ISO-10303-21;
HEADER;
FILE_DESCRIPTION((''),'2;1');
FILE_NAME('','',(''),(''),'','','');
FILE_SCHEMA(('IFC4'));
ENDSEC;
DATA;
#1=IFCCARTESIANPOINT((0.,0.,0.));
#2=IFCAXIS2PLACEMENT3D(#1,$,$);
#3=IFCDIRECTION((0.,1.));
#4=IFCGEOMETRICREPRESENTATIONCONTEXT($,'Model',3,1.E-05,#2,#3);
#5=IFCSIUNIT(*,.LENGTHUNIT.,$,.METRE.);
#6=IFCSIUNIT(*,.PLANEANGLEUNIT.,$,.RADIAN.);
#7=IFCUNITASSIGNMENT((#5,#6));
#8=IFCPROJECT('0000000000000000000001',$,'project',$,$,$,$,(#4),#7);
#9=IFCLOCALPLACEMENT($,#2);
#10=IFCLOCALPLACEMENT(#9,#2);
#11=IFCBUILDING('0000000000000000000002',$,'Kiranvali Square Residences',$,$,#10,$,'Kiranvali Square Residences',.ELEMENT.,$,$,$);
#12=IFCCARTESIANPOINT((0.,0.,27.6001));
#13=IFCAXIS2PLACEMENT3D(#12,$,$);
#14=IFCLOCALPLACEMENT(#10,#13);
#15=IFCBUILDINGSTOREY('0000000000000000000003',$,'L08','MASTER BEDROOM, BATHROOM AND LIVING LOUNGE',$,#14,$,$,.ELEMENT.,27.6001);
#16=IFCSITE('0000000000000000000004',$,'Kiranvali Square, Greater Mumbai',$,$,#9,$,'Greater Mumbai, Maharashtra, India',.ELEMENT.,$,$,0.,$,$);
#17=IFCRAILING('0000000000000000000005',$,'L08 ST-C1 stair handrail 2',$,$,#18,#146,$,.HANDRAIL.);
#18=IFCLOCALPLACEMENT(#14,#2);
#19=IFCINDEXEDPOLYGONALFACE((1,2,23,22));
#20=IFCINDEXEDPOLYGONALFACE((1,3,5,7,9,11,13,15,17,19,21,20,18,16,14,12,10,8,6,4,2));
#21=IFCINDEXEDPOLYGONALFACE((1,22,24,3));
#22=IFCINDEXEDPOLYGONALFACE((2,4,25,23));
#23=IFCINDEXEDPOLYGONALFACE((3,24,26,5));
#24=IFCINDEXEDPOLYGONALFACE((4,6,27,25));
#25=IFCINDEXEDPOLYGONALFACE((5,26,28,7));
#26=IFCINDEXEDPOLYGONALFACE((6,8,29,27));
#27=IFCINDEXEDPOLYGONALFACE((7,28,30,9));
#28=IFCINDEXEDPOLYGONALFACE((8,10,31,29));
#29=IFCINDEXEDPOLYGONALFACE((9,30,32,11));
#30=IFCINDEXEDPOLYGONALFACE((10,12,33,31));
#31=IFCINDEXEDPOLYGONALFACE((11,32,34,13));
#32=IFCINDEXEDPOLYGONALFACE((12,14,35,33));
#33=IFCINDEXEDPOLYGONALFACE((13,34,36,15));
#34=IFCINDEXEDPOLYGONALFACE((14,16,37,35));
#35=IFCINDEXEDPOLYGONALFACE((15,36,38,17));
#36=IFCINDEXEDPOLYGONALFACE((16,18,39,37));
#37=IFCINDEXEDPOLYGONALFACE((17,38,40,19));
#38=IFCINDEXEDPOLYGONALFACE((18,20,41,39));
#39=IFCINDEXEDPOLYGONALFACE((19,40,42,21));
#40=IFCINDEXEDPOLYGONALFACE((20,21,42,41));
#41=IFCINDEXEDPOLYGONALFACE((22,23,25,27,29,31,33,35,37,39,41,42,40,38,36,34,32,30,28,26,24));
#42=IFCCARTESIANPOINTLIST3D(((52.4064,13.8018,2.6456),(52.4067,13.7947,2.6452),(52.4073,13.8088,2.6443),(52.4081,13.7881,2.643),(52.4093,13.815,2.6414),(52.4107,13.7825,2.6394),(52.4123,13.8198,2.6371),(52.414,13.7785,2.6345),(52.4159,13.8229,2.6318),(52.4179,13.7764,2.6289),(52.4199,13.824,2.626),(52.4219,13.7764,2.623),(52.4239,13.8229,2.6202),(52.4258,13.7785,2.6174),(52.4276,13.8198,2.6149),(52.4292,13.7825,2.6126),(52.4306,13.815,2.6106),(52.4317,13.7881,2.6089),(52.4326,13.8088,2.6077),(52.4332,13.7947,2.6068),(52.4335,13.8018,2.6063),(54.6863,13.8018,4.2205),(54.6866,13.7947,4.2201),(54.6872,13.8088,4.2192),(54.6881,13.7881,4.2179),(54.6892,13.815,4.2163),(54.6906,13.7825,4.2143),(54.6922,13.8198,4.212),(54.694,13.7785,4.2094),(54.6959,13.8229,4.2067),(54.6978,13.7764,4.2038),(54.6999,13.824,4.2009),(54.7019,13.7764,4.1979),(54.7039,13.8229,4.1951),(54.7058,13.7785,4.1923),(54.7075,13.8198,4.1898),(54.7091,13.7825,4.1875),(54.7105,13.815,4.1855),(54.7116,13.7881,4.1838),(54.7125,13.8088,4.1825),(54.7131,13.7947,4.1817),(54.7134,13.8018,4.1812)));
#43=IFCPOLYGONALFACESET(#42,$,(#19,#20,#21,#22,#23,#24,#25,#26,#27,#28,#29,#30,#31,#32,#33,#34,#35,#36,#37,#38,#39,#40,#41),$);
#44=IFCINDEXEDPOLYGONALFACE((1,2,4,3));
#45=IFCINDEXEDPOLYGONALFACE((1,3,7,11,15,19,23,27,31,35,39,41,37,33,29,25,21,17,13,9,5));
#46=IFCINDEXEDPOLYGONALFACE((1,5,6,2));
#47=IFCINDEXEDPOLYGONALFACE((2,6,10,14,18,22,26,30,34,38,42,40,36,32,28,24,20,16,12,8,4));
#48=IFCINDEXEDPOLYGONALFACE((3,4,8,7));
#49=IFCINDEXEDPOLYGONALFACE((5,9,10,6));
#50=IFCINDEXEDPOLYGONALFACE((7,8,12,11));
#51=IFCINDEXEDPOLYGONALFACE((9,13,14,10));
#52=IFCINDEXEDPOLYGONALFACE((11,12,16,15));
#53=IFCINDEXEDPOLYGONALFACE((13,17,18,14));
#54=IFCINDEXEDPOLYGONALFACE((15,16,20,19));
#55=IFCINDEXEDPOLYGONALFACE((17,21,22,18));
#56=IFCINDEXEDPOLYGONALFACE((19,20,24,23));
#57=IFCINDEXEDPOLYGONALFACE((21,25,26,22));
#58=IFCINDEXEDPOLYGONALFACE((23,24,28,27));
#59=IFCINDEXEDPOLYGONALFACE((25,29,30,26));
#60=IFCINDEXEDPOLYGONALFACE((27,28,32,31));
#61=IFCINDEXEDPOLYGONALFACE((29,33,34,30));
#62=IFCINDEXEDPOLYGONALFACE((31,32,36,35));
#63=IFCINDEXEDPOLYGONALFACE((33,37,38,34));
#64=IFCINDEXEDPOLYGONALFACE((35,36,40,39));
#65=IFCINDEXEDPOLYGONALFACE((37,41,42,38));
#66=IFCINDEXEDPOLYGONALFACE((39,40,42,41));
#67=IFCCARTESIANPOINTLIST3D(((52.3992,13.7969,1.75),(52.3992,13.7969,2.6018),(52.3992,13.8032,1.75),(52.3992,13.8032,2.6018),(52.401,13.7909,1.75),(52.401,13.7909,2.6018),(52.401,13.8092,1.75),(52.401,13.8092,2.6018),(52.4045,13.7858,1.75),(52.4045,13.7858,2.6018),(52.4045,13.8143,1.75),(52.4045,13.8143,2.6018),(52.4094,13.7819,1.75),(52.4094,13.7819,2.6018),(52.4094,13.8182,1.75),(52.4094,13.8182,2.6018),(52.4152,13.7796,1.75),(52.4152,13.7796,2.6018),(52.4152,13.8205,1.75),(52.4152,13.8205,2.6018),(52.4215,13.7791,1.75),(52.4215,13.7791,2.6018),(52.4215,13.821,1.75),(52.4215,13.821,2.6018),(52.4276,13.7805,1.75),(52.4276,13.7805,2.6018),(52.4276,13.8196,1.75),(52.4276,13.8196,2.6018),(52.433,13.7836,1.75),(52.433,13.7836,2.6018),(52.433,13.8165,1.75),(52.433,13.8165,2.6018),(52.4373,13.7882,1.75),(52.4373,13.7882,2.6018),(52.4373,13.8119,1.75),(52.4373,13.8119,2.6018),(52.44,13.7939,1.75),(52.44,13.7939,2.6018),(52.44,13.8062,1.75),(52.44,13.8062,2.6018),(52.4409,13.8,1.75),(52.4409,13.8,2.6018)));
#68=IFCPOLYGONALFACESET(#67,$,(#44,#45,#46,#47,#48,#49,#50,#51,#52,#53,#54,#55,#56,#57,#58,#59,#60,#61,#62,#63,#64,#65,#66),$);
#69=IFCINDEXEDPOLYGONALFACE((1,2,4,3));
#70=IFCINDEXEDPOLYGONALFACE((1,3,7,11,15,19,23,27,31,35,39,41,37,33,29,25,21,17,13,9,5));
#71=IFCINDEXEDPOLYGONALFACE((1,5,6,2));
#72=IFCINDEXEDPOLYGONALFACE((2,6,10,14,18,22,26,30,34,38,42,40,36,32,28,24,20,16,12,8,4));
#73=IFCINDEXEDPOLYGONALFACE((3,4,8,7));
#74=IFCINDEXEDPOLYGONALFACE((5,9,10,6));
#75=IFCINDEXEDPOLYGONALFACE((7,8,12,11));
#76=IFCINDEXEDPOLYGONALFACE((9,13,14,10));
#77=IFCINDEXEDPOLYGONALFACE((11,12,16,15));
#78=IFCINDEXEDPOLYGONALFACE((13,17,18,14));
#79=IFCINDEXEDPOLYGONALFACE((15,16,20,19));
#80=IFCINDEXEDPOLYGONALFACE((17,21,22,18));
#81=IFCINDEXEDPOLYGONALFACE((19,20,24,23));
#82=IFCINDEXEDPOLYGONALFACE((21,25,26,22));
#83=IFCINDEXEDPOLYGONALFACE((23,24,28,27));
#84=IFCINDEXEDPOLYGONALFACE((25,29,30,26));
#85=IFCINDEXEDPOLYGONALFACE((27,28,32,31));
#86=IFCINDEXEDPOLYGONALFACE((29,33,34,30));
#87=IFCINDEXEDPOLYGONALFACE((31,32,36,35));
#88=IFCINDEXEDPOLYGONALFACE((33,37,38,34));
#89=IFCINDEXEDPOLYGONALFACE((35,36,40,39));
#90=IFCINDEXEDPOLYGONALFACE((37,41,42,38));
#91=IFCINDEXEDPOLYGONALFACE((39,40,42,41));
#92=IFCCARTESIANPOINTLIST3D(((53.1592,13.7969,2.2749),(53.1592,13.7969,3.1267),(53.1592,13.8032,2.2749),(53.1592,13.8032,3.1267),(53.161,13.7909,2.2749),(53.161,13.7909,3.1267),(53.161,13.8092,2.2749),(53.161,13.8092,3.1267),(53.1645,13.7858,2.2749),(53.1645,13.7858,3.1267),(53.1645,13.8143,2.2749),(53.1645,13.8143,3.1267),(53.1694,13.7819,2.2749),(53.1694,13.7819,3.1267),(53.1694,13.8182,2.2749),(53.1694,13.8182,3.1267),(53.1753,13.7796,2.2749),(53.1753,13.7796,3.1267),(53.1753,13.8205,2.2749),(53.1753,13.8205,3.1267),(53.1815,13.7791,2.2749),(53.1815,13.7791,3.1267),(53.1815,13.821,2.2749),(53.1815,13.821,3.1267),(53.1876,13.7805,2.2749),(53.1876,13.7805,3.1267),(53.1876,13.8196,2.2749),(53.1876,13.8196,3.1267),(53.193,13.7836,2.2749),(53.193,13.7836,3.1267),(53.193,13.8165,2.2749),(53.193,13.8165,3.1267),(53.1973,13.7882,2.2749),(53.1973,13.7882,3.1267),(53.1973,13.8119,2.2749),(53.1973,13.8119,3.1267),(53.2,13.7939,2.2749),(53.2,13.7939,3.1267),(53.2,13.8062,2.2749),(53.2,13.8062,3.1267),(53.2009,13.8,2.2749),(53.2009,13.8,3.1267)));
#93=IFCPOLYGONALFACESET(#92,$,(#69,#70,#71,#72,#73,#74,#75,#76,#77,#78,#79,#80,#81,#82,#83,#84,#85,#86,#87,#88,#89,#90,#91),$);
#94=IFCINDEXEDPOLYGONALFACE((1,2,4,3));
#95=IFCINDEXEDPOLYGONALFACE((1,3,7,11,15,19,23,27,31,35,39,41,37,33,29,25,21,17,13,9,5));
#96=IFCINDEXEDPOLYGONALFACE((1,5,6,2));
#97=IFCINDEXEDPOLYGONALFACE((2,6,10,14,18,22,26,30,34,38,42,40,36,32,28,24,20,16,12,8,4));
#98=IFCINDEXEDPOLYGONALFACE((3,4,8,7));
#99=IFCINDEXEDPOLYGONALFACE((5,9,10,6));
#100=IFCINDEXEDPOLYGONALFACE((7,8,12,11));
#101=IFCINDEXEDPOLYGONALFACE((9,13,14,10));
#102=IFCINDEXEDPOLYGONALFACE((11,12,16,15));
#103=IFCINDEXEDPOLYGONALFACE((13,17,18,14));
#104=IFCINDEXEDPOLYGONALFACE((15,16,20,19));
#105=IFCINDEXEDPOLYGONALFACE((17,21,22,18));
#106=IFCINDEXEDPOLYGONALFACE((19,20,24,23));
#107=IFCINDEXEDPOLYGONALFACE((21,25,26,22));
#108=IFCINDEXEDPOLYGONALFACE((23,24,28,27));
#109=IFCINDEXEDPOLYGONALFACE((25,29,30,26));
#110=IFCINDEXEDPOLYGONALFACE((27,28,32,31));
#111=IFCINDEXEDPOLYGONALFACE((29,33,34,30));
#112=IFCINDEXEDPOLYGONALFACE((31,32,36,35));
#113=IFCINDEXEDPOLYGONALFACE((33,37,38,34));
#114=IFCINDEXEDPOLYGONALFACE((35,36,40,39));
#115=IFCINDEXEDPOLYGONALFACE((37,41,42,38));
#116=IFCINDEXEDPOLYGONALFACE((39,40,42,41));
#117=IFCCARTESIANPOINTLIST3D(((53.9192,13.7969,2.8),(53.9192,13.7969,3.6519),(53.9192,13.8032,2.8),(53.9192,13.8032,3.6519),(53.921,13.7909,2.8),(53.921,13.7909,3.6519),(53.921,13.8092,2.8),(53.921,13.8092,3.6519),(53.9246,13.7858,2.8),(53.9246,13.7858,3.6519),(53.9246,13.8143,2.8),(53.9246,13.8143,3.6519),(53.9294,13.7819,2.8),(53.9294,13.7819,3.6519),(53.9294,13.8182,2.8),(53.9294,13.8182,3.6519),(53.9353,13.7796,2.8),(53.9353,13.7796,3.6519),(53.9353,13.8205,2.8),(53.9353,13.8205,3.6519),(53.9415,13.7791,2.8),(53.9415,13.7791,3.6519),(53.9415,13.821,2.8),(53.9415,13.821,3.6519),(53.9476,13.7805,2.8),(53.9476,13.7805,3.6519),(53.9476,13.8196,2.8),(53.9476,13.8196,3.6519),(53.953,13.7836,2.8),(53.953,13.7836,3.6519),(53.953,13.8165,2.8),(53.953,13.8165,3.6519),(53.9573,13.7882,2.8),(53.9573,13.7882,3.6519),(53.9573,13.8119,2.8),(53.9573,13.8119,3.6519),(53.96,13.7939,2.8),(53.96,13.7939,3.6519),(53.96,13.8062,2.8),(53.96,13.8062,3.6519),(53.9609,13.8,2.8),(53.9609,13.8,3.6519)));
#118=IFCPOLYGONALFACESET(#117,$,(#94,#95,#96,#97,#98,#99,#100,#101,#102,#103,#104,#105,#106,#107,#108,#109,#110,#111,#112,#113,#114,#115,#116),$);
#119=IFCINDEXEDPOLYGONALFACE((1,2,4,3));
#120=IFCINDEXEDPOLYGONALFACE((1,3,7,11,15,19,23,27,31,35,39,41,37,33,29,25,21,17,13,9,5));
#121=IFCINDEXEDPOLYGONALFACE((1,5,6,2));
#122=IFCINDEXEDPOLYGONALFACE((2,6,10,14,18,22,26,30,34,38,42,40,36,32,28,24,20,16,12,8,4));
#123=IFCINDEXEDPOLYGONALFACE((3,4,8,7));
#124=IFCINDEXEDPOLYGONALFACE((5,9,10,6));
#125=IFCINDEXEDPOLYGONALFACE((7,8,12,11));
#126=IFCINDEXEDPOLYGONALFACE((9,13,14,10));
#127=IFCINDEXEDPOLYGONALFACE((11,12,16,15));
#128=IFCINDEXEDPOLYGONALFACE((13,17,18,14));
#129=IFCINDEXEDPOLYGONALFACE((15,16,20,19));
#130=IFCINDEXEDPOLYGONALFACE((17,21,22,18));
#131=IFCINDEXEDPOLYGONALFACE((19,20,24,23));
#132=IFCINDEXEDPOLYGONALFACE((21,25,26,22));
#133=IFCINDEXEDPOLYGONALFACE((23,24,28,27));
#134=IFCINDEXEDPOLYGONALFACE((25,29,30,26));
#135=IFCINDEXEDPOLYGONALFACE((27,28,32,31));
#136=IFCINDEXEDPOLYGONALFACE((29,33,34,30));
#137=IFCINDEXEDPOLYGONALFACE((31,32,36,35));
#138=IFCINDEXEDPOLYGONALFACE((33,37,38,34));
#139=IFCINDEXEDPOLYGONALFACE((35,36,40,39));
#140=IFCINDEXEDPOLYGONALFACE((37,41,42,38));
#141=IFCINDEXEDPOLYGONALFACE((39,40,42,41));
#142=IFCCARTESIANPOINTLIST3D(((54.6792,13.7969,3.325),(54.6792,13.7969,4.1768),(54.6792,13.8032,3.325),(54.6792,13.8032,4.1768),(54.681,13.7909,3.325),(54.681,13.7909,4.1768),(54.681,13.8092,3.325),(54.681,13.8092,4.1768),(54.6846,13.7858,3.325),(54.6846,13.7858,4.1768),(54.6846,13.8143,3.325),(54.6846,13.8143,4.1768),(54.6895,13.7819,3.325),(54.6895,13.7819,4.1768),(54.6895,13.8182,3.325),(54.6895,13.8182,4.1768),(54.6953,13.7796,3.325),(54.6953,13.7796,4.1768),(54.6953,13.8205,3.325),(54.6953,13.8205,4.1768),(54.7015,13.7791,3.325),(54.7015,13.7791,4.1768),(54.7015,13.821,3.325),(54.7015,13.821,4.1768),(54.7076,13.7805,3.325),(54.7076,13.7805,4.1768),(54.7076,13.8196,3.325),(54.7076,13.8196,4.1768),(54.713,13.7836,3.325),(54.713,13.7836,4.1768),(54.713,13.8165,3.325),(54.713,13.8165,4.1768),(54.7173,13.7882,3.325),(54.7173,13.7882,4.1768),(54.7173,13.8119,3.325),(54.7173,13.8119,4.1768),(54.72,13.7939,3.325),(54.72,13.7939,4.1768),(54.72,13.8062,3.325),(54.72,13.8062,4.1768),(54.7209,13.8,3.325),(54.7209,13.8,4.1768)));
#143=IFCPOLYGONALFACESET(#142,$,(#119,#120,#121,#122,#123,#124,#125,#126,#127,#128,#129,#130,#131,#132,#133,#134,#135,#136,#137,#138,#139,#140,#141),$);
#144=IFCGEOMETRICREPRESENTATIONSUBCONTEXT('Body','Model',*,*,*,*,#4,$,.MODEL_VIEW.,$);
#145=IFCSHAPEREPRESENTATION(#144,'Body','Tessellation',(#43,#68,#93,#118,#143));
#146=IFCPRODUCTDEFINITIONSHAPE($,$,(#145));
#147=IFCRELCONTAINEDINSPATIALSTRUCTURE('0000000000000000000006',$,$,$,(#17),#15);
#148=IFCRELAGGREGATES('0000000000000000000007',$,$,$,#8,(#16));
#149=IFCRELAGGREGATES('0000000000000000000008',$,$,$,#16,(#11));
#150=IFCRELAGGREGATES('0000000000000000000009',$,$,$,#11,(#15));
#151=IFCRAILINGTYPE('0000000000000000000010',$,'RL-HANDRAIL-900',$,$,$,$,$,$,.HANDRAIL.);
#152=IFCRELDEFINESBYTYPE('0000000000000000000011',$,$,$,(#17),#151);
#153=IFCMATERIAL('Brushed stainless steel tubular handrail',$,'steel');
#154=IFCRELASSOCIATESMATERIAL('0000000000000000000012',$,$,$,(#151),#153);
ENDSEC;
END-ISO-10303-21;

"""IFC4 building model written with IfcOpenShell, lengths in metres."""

from ifc_helpers import new_model, si_unit, direction, frame, origin, origin_2d, place, context, subcontext, project, spatial, circle, extrude, material, type_object, element, save


model = new_model("IFC4")

# Units and contexts
model_context = context("Model", 3, precision=1e-05, world=origin(), true_north=direction((0.0, 1.0)))
body_context = subcontext(model_context, "Body", "Model", "MODEL_VIEW")
ifc_project = project(units=[si_unit("LENGTHUNIT", "METRE"), si_unit("PLANEANGLEUNIT", "RADIAN")], contexts=[model_context])

# Site, building, storey
site_placement = place(None, origin())
site = spatial("IfcSite", under=ifc_project, at=site_placement, Name="Kiranvali Square, Greater Mumbai", LongName="Greater Mumbai, Maharashtra, India", CompositionType="ELEMENT", RefElevation=0.0)
building_placement = place(site_placement, origin())
building = spatial("IfcBuilding", under=site, at=building_placement, Name="Kiranvali Square Residences", LongName="Kiranvali Square Residences", CompositionType="ELEMENT")
storey_placement = place(building_placement, frame((0.0, 0.0, 27.6001)))
storey = spatial("IfcBuildingStorey", under=building, at=storey_placement, Name="L08", Description="MASTER BEDROOM, BATHROOM AND LIVING LOUNGE", CompositionType="ELEMENT", Elevation=27.6001)

# Railing
ifc_material_1 = material(Name="Brushed stainless steel tubular handrail", Category="steel")
railing_type_1 = type_object("IfcRailingType", Name="RL-HANDRAIL-900", PredefinedType="HANDRAIL", material=ifc_material_1)
railing_1_placement = place(storey_placement, frame((52.4199, 13.8, 1.75)))
element("IfcRailing", 1, at=railing_1_placement, inside=storey, type_object=railing_type_1, Name="L08 ST-C1 stair handrail 2", PredefinedType="HANDRAIL", context=body_context, shape_type="SweptSolid", body=[
    extrude(circle(Radius=0.0239, at=origin_2d()), frame((0.0, 0.0, 0.876), z_axis=(0.822788, 0.0, 0.568348), x_axis=(0.0, 1.0, 0.0)), (0.0, 0.0, 1.0), 2.771),
    extrude(circle(Radius=0.021, at=origin_2d()), origin(), (0.0, 0.0, 1.0), 0.8518),
    extrude(circle(Radius=0.021, at=origin_2d()), frame((0.76, 0.0, 0.5249)), (0.0, 0.0, 1.0), 0.8518),
    extrude(circle(Radius=0.021, at=origin_2d()), frame((1.52, 0.0, 1.05)), (0.0, 0.0, 1.0), 0.8518),
    extrude(circle(Radius=0.021, at=origin_2d()), frame((2.28, 0.0, 1.575)), (0.0, 0.0, 1.0), 0.8518),
])

save(model, "model.ifc")
